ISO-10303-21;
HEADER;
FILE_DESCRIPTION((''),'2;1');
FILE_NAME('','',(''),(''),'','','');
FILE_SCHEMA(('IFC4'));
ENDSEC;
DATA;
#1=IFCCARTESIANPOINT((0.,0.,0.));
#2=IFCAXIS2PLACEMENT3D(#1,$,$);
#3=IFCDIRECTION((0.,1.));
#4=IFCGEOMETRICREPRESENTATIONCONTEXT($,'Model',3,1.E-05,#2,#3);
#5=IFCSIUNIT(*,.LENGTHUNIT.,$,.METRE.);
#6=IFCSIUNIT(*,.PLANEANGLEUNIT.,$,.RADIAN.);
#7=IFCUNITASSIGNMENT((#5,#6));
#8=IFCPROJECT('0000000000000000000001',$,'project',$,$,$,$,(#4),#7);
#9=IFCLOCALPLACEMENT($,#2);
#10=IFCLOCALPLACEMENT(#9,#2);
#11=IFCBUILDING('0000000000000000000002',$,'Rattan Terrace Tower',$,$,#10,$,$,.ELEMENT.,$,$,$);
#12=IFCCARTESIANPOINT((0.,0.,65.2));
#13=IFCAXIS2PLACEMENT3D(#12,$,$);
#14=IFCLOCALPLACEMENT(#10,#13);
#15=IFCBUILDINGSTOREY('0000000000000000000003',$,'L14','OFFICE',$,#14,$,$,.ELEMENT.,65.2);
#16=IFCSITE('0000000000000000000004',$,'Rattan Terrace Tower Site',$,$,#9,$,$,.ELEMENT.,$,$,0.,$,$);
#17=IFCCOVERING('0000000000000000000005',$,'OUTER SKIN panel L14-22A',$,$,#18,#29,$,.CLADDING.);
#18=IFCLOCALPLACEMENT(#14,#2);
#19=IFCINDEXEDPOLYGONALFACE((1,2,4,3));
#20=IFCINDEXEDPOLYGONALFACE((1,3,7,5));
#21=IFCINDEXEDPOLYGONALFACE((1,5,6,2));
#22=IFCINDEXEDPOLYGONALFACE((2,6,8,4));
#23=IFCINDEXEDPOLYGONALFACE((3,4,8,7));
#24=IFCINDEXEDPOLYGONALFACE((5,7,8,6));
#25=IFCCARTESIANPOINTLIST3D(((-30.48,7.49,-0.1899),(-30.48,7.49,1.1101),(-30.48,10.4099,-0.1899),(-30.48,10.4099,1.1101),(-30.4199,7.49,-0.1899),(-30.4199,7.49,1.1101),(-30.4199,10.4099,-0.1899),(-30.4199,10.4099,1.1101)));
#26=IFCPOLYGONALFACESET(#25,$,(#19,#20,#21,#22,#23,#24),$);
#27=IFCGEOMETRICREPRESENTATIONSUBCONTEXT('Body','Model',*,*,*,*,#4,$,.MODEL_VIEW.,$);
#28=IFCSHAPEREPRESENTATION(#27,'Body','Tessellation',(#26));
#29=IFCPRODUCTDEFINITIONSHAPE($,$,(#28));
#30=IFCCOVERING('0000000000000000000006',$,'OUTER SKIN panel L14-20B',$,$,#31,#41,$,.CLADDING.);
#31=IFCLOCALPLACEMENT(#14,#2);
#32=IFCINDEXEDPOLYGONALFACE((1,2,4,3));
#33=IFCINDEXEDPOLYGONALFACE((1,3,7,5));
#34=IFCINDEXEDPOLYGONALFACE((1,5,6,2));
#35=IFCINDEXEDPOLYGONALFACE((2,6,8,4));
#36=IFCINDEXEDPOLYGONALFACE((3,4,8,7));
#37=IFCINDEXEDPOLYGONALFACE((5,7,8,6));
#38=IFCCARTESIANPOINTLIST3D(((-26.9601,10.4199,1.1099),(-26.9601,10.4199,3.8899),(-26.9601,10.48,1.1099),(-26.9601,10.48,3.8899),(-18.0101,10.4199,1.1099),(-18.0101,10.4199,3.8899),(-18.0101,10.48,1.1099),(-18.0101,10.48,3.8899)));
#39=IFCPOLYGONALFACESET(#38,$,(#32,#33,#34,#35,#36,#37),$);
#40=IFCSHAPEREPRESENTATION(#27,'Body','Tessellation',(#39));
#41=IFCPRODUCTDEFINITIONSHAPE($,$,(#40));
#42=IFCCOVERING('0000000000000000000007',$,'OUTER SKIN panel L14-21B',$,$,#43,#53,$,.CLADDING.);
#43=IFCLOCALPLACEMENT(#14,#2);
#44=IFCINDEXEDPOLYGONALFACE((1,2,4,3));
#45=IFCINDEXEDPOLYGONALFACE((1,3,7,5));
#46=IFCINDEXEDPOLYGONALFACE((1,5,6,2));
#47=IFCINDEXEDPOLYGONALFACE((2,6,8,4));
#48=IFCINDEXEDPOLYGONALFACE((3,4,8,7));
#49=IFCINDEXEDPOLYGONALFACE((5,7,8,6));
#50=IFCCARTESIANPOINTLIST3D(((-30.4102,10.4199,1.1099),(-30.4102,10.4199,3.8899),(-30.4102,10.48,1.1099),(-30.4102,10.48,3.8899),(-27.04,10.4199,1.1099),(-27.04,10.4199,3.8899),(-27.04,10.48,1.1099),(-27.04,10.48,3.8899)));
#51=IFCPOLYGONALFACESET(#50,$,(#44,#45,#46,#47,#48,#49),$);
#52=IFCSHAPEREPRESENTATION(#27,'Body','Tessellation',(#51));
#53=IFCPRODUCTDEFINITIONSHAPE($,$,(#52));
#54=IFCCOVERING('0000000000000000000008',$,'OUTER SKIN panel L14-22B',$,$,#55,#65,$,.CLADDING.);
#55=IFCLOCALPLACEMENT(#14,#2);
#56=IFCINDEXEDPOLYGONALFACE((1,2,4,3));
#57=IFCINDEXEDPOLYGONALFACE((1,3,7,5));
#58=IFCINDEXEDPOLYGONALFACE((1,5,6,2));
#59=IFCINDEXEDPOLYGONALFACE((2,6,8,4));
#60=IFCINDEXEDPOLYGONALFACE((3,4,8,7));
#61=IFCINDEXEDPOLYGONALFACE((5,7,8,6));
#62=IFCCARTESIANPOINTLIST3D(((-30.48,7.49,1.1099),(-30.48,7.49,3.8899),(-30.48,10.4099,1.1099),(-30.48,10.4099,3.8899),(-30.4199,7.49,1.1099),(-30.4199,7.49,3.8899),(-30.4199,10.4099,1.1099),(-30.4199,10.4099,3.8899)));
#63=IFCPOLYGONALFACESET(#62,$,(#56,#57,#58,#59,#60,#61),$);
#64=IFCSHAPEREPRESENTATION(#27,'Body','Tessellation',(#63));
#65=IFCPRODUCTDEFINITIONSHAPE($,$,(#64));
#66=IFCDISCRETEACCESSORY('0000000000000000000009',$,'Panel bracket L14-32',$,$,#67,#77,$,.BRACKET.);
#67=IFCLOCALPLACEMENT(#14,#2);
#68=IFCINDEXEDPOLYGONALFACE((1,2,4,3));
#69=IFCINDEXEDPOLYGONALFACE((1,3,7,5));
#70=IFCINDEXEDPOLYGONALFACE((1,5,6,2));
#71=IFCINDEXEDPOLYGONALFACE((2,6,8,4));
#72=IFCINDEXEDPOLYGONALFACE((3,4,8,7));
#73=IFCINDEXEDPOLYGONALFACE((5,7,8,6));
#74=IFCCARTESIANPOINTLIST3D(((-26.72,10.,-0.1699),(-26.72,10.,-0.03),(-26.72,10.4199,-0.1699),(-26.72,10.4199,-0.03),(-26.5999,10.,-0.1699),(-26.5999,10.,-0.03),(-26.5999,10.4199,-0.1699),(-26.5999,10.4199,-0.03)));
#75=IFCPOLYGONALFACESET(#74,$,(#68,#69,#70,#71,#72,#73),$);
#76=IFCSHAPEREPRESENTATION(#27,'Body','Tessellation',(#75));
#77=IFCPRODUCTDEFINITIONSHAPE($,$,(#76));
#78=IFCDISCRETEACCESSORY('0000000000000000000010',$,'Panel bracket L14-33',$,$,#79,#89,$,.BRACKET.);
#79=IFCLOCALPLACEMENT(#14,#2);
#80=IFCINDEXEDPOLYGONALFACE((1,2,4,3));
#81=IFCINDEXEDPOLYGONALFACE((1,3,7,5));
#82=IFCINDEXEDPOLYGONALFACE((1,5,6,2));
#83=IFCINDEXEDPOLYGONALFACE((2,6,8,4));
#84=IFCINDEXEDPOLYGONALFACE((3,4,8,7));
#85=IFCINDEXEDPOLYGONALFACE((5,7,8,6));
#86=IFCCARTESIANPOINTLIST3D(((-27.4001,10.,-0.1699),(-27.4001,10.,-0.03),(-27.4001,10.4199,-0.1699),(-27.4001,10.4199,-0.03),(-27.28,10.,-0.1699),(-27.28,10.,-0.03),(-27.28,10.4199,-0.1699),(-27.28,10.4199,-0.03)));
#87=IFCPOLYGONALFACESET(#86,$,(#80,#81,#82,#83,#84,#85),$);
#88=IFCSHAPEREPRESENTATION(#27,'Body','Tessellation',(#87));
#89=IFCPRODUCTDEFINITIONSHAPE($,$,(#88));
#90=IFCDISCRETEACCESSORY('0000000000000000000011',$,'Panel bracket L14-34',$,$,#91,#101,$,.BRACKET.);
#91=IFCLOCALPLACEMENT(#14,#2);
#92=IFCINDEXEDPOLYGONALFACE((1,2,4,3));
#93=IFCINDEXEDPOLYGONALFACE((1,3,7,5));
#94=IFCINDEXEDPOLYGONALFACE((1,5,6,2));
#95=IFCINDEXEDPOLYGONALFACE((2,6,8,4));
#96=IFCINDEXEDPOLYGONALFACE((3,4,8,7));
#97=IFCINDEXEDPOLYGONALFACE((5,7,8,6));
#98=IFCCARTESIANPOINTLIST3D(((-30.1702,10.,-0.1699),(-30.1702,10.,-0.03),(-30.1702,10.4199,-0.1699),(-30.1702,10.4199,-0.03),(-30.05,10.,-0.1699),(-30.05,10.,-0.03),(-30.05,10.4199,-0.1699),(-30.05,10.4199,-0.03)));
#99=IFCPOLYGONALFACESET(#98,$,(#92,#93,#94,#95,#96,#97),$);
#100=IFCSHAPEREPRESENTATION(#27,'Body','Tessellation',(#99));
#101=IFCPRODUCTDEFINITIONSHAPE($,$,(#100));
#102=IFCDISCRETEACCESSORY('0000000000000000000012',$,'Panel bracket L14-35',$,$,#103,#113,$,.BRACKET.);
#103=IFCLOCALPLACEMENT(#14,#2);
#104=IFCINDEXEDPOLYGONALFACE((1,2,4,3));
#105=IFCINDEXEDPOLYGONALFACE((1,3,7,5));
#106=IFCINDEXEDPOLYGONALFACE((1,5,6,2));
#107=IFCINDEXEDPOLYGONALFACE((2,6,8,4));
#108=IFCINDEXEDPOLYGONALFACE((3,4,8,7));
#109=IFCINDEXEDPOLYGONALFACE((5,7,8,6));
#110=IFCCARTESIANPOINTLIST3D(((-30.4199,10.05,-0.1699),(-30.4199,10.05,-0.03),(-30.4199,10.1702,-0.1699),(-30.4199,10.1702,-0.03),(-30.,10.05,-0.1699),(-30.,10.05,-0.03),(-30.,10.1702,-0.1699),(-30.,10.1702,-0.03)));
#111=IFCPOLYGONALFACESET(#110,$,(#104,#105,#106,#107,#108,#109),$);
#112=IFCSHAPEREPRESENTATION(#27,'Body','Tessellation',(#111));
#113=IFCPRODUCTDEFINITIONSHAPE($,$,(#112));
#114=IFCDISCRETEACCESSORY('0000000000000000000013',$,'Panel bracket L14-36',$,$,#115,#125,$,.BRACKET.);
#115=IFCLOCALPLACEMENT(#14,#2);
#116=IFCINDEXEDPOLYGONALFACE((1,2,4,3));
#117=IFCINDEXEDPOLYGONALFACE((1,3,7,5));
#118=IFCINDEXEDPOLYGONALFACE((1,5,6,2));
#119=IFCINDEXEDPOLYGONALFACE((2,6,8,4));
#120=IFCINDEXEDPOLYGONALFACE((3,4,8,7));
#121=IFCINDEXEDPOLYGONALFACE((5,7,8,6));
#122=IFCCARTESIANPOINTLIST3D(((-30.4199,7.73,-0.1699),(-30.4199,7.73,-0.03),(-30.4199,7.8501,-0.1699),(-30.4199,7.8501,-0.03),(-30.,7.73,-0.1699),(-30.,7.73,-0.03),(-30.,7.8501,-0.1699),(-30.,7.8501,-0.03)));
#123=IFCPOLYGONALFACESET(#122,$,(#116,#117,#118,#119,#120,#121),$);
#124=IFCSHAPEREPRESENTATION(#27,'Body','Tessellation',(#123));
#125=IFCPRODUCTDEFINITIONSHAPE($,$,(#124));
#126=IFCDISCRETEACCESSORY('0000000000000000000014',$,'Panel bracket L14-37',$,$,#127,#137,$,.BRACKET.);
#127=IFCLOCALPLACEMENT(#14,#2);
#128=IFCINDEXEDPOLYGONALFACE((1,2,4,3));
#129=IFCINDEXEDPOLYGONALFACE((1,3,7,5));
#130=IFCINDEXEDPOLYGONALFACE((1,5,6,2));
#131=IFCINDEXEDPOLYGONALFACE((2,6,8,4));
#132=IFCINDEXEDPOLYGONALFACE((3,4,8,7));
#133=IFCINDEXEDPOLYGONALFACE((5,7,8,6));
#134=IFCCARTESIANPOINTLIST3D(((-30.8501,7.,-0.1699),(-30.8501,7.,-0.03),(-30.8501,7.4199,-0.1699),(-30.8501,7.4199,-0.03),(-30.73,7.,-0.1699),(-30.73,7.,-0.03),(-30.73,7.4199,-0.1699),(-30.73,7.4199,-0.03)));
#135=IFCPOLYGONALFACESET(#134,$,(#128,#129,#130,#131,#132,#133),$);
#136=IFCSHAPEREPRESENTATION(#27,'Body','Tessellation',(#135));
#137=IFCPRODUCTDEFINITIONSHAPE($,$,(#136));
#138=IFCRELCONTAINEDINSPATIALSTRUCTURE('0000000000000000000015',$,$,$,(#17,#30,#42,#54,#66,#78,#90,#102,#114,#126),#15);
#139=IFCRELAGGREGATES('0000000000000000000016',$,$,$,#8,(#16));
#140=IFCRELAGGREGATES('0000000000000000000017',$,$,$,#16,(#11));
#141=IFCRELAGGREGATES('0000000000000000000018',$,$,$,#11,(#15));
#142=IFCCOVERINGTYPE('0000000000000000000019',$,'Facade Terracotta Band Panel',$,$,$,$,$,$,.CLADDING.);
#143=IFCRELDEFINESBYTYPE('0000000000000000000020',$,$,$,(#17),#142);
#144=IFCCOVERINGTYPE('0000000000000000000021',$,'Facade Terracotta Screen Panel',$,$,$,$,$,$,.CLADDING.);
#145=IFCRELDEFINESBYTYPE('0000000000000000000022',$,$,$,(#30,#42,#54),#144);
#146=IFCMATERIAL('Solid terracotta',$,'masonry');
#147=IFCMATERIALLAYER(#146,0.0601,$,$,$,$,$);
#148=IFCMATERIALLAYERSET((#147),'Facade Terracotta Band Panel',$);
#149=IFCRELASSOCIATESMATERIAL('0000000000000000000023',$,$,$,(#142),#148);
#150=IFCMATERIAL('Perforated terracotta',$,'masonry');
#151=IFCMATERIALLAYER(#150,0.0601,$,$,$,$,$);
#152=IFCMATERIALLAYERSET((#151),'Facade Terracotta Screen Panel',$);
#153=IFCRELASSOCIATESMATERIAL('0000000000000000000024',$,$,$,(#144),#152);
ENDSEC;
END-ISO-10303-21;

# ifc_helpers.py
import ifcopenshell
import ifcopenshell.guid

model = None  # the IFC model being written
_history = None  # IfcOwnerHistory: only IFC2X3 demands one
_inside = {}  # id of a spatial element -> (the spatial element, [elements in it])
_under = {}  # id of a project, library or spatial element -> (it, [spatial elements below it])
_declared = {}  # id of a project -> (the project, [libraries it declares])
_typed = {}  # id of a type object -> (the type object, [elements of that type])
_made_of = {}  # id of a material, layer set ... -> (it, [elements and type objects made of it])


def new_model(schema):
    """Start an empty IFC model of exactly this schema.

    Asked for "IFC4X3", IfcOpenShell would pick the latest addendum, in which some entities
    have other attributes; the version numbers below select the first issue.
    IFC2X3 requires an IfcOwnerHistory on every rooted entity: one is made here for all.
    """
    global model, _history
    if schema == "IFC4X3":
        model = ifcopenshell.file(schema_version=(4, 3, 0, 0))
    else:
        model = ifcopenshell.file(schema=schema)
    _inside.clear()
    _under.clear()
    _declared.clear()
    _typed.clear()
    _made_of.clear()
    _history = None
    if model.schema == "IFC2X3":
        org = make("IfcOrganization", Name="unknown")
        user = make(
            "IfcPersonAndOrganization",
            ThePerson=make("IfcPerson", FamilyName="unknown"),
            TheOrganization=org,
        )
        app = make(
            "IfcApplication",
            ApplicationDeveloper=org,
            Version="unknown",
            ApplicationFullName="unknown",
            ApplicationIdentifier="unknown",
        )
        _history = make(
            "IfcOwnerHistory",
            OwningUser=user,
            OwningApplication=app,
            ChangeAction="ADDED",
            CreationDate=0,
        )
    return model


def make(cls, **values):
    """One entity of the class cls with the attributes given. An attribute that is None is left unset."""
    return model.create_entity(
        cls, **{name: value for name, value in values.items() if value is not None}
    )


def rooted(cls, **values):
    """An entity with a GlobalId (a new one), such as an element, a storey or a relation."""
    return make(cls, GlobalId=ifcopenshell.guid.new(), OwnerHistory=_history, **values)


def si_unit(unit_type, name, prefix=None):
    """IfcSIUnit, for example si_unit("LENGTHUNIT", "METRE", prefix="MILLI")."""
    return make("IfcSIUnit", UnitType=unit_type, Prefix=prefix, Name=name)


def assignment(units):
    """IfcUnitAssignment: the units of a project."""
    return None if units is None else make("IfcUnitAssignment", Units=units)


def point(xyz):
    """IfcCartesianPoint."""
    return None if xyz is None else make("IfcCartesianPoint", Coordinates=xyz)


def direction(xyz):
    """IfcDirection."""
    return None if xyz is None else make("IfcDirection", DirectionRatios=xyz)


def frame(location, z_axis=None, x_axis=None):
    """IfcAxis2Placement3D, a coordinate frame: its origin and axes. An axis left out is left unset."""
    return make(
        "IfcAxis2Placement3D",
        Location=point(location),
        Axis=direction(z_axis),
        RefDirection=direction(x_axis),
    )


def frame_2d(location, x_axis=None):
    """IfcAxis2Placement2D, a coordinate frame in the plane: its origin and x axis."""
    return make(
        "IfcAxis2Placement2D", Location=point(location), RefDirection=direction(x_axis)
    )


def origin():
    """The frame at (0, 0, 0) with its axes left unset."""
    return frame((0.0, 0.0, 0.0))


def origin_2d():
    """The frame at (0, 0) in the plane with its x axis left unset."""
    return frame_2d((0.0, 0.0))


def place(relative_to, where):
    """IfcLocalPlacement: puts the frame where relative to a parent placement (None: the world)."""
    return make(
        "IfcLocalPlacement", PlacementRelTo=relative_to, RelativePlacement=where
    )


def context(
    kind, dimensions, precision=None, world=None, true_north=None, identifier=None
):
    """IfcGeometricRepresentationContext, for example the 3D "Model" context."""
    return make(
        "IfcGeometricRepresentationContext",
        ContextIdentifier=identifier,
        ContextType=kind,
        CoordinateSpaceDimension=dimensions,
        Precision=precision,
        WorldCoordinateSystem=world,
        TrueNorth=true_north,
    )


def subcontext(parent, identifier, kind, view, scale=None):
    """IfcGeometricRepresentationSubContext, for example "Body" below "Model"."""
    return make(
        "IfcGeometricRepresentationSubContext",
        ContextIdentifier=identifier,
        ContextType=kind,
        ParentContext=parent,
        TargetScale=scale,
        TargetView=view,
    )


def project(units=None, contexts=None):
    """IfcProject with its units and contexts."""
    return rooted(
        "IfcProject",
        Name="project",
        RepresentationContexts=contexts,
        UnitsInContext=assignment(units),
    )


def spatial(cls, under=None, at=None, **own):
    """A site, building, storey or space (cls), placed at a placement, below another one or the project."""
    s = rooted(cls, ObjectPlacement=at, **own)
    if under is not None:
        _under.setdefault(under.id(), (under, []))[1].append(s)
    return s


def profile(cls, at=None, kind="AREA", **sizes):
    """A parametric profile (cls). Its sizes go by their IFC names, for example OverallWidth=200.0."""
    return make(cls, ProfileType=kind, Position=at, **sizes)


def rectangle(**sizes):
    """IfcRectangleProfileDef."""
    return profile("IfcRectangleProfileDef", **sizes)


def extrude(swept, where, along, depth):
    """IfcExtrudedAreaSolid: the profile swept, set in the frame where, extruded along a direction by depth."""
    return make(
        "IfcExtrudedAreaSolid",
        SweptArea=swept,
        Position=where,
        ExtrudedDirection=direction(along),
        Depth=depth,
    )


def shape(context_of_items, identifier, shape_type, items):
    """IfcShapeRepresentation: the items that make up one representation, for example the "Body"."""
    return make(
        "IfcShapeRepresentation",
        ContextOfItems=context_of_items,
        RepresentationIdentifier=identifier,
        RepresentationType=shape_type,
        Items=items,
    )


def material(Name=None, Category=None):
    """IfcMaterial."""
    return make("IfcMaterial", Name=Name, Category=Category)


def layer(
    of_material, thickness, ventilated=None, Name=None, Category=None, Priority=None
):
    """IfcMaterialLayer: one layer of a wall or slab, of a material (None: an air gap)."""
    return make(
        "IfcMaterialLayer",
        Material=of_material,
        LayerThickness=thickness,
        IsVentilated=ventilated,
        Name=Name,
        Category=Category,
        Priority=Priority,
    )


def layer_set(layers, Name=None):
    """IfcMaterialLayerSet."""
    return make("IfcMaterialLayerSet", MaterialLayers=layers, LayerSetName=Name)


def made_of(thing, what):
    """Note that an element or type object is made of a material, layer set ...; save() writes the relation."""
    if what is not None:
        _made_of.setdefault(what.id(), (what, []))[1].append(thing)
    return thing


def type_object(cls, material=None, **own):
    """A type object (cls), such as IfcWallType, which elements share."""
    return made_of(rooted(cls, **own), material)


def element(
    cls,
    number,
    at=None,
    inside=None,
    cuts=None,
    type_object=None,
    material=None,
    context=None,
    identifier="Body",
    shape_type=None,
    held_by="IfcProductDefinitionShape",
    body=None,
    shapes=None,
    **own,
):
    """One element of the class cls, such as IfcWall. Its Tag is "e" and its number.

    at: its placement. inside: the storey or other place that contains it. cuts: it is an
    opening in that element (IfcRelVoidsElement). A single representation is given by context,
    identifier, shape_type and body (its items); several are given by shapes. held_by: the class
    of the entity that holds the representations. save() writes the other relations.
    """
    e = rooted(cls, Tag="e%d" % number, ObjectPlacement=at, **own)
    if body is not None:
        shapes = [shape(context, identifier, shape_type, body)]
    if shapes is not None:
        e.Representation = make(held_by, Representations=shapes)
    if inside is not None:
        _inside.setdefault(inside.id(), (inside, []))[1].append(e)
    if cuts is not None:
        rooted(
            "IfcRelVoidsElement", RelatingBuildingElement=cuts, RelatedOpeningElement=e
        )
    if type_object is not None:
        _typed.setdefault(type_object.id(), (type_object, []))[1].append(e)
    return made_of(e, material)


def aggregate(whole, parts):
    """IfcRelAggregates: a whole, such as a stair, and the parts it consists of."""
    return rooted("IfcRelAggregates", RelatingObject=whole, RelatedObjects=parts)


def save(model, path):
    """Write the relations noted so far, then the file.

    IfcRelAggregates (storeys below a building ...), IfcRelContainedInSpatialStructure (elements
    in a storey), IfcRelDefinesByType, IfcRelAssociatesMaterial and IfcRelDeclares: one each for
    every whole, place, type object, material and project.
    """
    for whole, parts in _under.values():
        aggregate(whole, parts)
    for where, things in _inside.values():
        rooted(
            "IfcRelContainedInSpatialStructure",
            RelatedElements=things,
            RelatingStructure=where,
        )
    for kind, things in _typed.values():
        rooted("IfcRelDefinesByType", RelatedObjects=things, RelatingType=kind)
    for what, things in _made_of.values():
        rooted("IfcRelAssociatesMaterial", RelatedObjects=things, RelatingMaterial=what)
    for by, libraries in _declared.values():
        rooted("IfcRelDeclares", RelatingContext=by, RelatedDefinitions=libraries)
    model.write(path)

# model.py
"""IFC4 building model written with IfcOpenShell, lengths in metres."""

from ifc_helpers import new_model, si_unit, direction, frame, origin, origin_2d, place, context, subcontext, project, spatial, rectangle, extrude, material, layer, layer_set, type_object, element, save


model = new_model("IFC4")

# Units and contexts
model_context = context("Model", 3, precision=1e-05, world=origin(), true_north=direction((0.0, 1.0)))
body_context = subcontext(model_context, "Body", "Model", "MODEL_VIEW")
ifc_project = project(units=[si_unit("LENGTHUNIT", "METRE"), si_unit("PLANEANGLEUNIT", "RADIAN")], contexts=[model_context])

# Site, building, storey
site_placement = place(None, origin())
site = spatial("IfcSite", under=ifc_project, at=site_placement, Name="Rattan Terrace Tower Site", CompositionType="ELEMENT", RefElevation=0.0)
building_placement = place(site_placement, origin())
building = spatial("IfcBuilding", under=site, at=building_placement, Name="Rattan Terrace Tower", CompositionType="ELEMENT")
storey_placement = place(building_placement, frame((0.0, 0.0, 65.2)))
storey = spatial("IfcBuildingStorey", under=building, at=storey_placement, Name="L14", Description="OFFICE", CompositionType="ELEMENT", Elevation=65.2)

# Coverings
ifc_material_1 = material(Name="Solid terracotta", Category="masonry")
ifc_layer_1 = layer(ifc_material_1, 0.0601)
ifc_layer_set_1 = layer_set([ifc_layer_1], Name="Facade Terracotta Band Panel")
covering_type_1 = type_object("IfcCoveringType", Name="Facade Terracotta Band Panel", PredefinedType="CLADDING", material=ifc_layer_set_1)
covering_1_placement = place(storey_placement, frame((-30.45, 8.95, -0.1899), z_axis=(0.0, 0.0, 1.0), x_axis=(0.0, -1.0, 0.0)))
element("IfcCovering", 1, at=covering_1_placement, inside=storey, type_object=covering_type_1, Name="OUTER SKIN panel L14-22A", PredefinedType="CLADDING", context=body_context, shape_type="SweptSolid", body=[
    extrude(rectangle(XDim=2.9199, YDim=0.0601, at=origin_2d()), origin(), (0.0, 0.0, 1.0), 1.3),
])
ifc_material_2 = material(Name="Perforated terracotta", Category="masonry")
ifc_layer_2 = layer(ifc_material_2, 0.0601)
ifc_layer_set_2 = layer_set([ifc_layer_2], Name="Facade Terracotta Screen Panel")
covering_type_2 = type_object("IfcCoveringType", Name="Facade Terracotta Screen Panel", PredefinedType="CLADDING", material=ifc_layer_set_2)
covering_2_placement = place(storey_placement, frame((-22.4851, 10.45, 1.1099), z_axis=(0.0, 0.0, 1.0), x_axis=(-1.0, 0.0, 0.0)))
element("IfcCovering", 2, at=covering_2_placement, inside=storey, type_object=covering_type_2, Name="OUTER SKIN panel L14-20B", PredefinedType="CLADDING", context=body_context, shape_type="SweptSolid", body=[
    extrude(rectangle(XDim=8.95, YDim=0.0601, at=origin_2d()), origin(), (0.0, 0.0, 1.0), 2.78),
])
covering_3_placement = place(storey_placement, frame((-28.7251, 10.45, 1.1099), z_axis=(0.0, 0.0, 1.0), x_axis=(-1.0, 0.0, 0.0)))
element("IfcCovering", 3, at=covering_3_placement, inside=storey, type_object=covering_type_2, Name="OUTER SKIN panel L14-21B", PredefinedType="CLADDING", context=body_context, shape_type="SweptSolid", body=[
    extrude(rectangle(XDim=3.3701, YDim=0.0601, at=origin_2d()), origin(), (0.0, 0.0, 1.0), 2.78),
])
covering_4_placement = place(storey_placement, frame((-30.45, 8.95, 1.1099), z_axis=(0.0, 0.0, 1.0), x_axis=(0.0, -1.0, 0.0)))
element("IfcCovering", 4, at=covering_4_placement, inside=storey, type_object=covering_type_2, Name="OUTER SKIN panel L14-22B", PredefinedType="CLADDING", context=body_context, shape_type="SweptSolid", body=[
    extrude(rectangle(XDim=2.9199, YDim=0.0601, at=origin_2d()), origin(), (0.0, 0.0, 1.0), 2.78),
])

# Discrete accessories
for number, where, z_axis, x_axis, name in (
    (5, (-26.6599, 10.21, -0.1699), (0.0, 0.0, 1.0), (-1.0, 0.0, 0.0), "Panel bracket L14-32"),
    (6, (-27.3401, 10.21, -0.1699), (0.0, 0.0, 1.0), (-1.0, 0.0, 0.0), "Panel bracket L14-33"),
    (7, (-30.1101, 10.21, -0.1699), (0.0, 0.0, 1.0), (-1.0, 0.0, 0.0), "Panel bracket L14-34"),
    (8, (-30.21, 10.1101, -0.1699), (0.0, 0.0, 1.0), (0.0, -1.0, 0.0), "Panel bracket L14-35"),
    (9, (-30.21, 7.79, -0.1699), (0.0, 0.0, 1.0), (0.0, -1.0, 0.0), "Panel bracket L14-36"),
    (10, (-30.79, 7.21, -0.1699), (0.0, 0.0, 1.0), (-1.0, 0.0, 0.0), "Panel bracket L14-37"),
):
    element("IfcDiscreteAccessory", number, at=place(storey_placement, frame(where, z_axis=z_axis, x_axis=x_axis)), inside=storey, Name=name, PredefinedType="BRACKET", context=body_context, shape_type="SweptSolid", body=[
        extrude(rectangle(XDim=0.1201, YDim=0.4199, at=origin_2d()), origin(), (0.0, 0.0, 1.0), 0.1399),
    ])

save(model, "model.ifc")
